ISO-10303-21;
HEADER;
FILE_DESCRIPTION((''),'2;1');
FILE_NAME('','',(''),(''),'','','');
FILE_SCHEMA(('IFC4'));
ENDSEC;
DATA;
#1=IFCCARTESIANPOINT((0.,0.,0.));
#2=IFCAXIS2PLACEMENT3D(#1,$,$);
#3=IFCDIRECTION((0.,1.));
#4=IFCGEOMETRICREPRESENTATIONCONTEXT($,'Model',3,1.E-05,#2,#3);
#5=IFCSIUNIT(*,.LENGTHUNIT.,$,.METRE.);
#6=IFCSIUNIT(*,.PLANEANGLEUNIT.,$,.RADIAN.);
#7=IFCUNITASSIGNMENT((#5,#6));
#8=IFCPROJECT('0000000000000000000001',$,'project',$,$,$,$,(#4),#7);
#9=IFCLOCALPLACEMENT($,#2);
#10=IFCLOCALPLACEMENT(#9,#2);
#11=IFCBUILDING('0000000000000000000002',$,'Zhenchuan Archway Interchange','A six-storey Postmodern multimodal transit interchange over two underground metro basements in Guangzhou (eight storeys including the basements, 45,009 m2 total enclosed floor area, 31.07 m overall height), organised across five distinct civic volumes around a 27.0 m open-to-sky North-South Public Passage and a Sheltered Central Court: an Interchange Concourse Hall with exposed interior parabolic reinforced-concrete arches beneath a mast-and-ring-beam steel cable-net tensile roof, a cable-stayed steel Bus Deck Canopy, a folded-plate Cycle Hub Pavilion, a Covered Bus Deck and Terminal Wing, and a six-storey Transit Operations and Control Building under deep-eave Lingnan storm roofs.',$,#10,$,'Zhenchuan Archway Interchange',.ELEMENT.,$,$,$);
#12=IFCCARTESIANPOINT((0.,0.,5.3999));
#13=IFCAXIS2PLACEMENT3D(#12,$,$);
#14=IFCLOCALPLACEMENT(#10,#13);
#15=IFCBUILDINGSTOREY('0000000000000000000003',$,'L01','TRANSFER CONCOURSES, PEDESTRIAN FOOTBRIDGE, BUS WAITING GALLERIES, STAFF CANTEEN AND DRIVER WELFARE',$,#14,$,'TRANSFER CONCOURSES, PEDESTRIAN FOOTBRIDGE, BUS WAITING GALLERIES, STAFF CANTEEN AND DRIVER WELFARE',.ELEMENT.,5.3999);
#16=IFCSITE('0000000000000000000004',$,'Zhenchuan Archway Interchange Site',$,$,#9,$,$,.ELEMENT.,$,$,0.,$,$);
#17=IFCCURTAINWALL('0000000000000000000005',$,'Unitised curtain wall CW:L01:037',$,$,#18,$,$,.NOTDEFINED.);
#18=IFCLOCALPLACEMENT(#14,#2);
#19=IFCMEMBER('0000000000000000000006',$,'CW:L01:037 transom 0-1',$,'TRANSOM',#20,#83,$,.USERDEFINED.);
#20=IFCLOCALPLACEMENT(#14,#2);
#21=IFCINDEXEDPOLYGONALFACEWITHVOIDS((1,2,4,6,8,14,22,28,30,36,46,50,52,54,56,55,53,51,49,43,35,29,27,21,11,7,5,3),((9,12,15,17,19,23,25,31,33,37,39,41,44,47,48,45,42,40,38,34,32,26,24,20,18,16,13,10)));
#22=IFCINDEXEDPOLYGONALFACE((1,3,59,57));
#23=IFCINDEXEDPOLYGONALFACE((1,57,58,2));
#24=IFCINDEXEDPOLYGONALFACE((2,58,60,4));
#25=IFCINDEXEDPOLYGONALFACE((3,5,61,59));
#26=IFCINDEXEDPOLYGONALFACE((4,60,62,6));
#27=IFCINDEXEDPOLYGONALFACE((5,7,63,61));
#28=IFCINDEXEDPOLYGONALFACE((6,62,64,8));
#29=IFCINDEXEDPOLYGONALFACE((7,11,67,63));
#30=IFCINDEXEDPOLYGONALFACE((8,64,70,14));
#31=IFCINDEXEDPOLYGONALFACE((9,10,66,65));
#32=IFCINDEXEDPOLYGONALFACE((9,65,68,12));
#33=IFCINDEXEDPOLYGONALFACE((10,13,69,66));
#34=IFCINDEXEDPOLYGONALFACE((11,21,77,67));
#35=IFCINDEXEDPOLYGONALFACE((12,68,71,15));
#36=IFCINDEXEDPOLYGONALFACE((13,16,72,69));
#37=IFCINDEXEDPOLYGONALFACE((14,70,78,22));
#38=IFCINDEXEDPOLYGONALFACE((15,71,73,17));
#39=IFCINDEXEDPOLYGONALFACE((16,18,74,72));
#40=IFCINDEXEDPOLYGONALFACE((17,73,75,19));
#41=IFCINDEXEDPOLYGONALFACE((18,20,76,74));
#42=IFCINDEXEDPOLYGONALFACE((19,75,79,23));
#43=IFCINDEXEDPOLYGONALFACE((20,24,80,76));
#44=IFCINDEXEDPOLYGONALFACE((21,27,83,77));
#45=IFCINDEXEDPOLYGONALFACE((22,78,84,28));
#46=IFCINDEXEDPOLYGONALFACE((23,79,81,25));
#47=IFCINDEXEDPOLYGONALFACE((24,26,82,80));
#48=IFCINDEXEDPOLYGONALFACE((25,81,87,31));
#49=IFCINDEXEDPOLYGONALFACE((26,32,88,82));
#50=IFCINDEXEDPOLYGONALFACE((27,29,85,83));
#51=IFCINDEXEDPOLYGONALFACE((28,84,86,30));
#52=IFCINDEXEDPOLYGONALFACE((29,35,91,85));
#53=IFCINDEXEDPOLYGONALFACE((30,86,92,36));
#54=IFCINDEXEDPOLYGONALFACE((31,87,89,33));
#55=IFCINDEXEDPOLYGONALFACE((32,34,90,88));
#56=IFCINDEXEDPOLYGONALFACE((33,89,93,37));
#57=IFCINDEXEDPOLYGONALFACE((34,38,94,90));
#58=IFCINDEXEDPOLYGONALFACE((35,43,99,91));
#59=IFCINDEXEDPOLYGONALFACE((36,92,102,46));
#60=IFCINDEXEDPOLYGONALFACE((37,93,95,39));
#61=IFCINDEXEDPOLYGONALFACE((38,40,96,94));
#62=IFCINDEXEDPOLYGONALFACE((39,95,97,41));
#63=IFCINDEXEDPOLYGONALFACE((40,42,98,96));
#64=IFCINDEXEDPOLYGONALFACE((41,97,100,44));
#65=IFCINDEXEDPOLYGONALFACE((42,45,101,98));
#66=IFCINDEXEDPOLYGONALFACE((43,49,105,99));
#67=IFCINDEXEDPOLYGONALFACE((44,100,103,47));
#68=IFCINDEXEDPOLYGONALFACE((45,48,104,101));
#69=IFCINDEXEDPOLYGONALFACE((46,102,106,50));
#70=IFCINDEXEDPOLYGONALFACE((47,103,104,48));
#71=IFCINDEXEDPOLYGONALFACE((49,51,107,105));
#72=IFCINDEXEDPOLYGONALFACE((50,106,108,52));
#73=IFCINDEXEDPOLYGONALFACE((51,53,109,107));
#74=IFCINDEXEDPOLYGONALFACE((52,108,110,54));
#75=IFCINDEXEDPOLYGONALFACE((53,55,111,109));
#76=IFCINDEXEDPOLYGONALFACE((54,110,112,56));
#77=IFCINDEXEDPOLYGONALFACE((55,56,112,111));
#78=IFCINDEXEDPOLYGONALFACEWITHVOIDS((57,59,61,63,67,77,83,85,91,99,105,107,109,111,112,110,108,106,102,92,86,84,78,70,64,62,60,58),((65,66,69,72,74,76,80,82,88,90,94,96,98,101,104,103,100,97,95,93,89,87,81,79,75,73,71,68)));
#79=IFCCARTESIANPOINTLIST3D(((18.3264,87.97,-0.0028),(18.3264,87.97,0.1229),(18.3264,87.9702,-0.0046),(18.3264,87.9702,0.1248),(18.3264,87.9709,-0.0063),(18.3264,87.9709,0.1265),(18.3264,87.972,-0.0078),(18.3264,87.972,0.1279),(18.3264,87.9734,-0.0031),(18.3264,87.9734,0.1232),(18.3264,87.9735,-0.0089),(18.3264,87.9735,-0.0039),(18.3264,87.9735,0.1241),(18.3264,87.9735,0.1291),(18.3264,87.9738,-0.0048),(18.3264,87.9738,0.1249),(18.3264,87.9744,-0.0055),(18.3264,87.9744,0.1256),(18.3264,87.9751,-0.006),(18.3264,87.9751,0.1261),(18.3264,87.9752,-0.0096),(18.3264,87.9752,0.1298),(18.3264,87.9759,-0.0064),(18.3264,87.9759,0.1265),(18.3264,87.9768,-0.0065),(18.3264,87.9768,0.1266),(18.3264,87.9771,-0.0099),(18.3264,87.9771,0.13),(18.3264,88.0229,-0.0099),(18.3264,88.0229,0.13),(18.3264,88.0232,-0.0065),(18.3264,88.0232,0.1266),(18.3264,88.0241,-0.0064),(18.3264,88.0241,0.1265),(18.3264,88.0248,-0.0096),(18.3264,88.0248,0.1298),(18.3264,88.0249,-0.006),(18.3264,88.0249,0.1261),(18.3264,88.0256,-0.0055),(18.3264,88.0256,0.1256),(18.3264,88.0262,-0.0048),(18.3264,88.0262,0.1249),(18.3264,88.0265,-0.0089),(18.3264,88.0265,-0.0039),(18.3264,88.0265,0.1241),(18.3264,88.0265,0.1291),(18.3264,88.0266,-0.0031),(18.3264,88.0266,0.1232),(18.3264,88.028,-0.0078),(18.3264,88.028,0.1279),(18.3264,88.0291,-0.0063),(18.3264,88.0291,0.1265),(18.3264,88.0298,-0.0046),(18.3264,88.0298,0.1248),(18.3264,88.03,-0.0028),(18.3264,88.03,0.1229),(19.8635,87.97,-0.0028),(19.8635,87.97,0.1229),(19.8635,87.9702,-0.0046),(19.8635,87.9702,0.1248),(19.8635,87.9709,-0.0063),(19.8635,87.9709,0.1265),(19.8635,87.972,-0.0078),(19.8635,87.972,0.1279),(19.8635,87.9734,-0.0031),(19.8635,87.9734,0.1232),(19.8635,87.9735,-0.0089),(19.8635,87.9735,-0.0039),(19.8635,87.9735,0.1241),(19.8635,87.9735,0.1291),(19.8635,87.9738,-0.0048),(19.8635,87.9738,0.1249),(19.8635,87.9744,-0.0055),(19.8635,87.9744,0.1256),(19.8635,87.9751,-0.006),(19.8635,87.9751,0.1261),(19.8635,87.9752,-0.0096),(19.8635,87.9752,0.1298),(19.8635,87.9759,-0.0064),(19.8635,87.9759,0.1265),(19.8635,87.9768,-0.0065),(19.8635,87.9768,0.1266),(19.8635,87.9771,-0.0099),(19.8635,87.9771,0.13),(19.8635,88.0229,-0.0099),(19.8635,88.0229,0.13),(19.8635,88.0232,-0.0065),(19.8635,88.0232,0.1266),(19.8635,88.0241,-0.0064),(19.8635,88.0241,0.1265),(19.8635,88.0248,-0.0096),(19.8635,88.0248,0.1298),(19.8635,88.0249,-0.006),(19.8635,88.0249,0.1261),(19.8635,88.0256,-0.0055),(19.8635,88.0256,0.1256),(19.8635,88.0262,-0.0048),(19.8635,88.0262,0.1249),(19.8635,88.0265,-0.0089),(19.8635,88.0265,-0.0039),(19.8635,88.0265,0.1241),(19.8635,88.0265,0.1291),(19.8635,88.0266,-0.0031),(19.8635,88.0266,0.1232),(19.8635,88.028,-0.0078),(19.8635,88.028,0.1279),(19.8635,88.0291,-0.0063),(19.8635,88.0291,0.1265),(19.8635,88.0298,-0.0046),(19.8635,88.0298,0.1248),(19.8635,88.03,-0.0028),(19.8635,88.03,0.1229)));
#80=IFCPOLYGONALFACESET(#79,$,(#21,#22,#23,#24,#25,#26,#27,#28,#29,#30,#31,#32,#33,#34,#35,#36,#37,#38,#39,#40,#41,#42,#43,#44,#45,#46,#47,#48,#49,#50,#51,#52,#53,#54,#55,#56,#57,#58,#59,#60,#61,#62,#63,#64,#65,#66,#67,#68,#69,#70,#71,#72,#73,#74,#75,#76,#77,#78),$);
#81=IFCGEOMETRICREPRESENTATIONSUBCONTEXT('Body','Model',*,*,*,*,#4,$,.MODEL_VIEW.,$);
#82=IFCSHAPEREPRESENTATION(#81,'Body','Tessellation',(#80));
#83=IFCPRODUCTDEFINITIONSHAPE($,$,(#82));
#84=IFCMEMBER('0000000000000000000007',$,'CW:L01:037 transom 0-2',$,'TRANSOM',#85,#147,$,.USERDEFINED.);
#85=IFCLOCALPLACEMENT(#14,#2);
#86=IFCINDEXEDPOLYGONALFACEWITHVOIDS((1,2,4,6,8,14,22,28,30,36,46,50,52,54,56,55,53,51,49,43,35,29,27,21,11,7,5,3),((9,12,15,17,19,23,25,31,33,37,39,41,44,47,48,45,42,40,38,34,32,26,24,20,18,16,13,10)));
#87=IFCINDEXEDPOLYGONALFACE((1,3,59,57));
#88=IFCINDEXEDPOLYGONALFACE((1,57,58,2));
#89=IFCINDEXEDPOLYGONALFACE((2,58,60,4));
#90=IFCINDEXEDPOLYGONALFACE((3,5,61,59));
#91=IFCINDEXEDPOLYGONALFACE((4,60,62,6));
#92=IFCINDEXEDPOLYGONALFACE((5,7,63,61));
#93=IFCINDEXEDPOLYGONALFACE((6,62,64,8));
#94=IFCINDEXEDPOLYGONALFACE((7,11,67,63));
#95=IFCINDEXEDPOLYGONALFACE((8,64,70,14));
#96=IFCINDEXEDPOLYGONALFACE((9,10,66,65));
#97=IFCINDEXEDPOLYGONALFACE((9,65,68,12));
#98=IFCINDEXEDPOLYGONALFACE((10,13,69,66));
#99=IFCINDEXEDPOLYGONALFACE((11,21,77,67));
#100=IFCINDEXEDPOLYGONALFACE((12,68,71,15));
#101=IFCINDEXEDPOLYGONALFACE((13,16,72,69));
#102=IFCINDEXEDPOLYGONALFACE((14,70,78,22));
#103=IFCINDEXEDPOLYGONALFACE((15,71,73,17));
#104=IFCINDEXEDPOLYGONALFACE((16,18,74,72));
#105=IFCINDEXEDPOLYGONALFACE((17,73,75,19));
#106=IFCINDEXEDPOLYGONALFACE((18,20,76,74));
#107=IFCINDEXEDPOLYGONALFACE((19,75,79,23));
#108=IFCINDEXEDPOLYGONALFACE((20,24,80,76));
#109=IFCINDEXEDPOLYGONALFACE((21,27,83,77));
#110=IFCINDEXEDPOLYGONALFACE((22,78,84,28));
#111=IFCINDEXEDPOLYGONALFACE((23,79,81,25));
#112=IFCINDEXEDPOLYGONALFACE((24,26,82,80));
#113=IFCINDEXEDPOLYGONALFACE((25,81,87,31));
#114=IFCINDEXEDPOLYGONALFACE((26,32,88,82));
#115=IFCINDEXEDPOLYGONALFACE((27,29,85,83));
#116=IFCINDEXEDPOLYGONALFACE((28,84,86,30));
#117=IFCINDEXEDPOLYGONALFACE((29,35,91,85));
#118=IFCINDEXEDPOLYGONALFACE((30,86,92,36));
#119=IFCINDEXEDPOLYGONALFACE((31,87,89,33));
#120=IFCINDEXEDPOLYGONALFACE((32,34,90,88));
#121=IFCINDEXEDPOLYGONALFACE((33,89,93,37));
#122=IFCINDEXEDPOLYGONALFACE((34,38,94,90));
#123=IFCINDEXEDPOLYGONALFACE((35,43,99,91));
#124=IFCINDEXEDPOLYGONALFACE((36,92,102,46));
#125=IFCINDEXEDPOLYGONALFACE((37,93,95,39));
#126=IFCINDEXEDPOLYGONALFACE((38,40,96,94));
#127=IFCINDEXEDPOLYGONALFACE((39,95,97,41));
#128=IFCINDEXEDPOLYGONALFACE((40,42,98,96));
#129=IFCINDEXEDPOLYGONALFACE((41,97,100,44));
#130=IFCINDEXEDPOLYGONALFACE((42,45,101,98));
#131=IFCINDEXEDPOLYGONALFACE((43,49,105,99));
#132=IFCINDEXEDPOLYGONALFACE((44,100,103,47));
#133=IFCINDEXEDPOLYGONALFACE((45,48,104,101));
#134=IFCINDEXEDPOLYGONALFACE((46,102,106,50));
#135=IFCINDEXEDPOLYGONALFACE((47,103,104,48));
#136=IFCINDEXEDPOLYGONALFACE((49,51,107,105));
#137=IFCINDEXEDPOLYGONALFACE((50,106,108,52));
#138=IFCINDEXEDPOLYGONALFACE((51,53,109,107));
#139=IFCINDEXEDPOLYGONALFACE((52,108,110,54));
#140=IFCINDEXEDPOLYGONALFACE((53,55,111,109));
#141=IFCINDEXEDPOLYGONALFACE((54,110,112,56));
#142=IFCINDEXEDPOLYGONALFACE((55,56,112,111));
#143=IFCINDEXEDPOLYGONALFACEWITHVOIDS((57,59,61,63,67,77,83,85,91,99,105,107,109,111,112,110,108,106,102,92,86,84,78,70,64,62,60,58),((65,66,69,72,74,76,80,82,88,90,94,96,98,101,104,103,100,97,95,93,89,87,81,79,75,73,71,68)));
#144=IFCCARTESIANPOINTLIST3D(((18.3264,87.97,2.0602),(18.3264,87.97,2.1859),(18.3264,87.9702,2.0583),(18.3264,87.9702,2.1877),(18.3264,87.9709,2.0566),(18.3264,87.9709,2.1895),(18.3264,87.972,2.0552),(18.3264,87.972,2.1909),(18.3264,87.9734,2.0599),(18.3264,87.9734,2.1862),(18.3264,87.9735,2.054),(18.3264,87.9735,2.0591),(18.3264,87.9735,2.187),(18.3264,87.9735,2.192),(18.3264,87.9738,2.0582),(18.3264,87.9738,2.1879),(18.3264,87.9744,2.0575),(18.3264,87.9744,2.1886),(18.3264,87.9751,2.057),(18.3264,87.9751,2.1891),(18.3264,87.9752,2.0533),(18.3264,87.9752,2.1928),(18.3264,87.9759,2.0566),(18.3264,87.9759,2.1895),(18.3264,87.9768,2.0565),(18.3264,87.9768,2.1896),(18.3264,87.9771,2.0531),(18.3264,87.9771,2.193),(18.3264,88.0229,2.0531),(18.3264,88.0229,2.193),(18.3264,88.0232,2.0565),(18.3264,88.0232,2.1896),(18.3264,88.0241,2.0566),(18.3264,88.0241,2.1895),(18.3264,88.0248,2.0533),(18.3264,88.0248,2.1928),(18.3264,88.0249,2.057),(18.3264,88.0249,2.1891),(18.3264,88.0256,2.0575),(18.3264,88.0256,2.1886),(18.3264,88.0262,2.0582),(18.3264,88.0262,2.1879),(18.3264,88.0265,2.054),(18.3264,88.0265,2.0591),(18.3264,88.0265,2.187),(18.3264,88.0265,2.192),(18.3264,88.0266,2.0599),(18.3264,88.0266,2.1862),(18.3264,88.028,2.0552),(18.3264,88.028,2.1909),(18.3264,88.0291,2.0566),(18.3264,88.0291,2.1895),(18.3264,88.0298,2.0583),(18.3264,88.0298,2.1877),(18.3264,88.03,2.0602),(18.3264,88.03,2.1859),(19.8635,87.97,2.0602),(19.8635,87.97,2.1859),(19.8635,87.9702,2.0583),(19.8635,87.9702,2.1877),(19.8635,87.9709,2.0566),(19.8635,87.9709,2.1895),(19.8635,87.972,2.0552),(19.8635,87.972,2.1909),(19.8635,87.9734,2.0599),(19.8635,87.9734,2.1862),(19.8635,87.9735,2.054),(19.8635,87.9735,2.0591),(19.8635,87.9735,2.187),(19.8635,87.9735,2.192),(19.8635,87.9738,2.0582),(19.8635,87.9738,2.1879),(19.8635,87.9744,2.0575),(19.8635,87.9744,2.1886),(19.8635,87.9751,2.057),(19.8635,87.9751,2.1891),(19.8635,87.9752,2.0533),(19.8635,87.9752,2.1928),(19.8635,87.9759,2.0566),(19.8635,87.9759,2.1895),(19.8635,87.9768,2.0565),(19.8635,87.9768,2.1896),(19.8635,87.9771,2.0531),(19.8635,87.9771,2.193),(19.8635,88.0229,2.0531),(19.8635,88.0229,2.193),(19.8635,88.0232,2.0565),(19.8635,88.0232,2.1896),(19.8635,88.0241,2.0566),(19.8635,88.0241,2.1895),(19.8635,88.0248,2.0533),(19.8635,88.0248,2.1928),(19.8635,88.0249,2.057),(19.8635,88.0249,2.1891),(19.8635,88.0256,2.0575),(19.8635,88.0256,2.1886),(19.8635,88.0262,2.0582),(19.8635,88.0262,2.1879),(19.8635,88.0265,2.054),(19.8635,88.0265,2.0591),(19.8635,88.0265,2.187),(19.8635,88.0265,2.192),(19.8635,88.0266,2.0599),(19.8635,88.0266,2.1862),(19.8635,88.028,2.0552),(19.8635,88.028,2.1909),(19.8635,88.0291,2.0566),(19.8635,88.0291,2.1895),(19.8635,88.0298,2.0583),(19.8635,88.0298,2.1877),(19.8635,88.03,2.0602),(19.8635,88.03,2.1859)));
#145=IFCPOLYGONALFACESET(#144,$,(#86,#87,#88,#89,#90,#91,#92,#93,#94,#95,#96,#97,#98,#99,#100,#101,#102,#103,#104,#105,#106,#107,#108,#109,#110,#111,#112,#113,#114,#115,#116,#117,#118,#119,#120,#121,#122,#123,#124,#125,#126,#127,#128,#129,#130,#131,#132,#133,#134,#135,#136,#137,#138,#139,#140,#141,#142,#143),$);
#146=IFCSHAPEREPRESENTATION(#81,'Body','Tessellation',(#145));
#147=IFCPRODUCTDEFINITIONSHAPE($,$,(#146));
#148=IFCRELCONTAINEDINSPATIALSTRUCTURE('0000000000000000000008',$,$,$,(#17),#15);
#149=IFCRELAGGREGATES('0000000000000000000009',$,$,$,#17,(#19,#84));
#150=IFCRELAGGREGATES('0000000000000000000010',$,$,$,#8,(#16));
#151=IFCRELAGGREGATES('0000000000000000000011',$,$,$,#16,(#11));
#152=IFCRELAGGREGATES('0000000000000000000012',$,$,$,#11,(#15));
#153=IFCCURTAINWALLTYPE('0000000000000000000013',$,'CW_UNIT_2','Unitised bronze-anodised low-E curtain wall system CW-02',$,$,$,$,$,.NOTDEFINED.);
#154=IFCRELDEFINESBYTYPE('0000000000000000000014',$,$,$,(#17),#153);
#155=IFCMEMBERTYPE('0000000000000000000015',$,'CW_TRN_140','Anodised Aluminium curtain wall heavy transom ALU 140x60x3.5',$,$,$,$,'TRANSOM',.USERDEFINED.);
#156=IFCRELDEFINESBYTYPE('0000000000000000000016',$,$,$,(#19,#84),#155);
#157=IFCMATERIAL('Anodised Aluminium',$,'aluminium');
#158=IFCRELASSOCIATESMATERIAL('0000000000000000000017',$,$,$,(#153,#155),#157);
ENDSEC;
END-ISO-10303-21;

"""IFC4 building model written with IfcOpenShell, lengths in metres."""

from ifc_helpers import new_model, si_unit, direction, frame, origin, origin_2d, place, context, subcontext, project, spatial, hollow_rectangle, extrude, material, material_profile, profile_set, type_object, element, aggregate, save


model = new_model("IFC4")

# Units and contexts
model_context = context("Model", 3, precision=1e-05, world=origin(), true_north=direction((0.0, 1.0)))
body_context = subcontext(model_context, "Body", "Model", "MODEL_VIEW")
ifc_project = project(units=[si_unit("LENGTHUNIT", "METRE"), si_unit("PLANEANGLEUNIT", "RADIAN")], contexts=[model_context])

# Site, building, storey
site_placement = place(None, origin())
site = spatial("IfcSite", under=ifc_project, at=site_placement, Name="Zhenchuan Archway Interchange Site", CompositionType="ELEMENT", RefElevation=0.0)
building_placement = place(site_placement, origin())
building = spatial("IfcBuilding", under=site, at=building_placement, Name="Zhenchuan Archway Interchange", Description="A six-storey Postmodern multimodal transit interchange over two underground metro basements in Guangzhou (eight storeys including the basements, 45,009 m2 total enclosed floor area, 31.07 m overall height), organised across five distinct civic volumes around a 27.0 m open-to-sky North-South Public Passage and a Sheltered Central Court: an Interchange Concourse Hall with exposed interior parabolic reinforced-concrete arches beneath a mast-and-ring-beam steel cable-net tensile roof, a cable-stayed steel Bus Deck Canopy, a folded-plate Cycle Hub Pavilion, a Covered Bus Deck and Terminal Wing, and a six-storey Transit Operations and Control Building under deep-eave Lingnan storm roofs.", LongName="Zhenchuan Archway Interchange", CompositionType="ELEMENT")
storey_placement = place(building_placement, frame((0.0, 0.0, 5.3999)))
storey = spatial("IfcBuildingStorey", under=building, at=storey_placement, Name="L01", Description="TRANSFER CONCOURSES, PEDESTRIAN FOOTBRIDGE, BUS WAITING GALLERIES, STAFF CANTEEN AND DRIVER WELFARE", LongName="TRANSFER CONCOURSES, PEDESTRIAN FOOTBRIDGE, BUS WAITING GALLERIES, STAFF CANTEEN AND DRIVER WELFARE", CompositionType="ELEMENT", Elevation=5.3999)

# Shared definitions
ifc_material_1 = material(Name="Anodised Aluminium", Category="aluminium")

# Curtain wall
curtain_wall_type_1 = type_object("IfcCurtainWallType", Name="CW_UNIT_2", Description="Unitised bronze-anodised low-E curtain wall system CW-02", PredefinedType="NOTDEFINED", material=ifc_material_1)
curtain_wall_1_placement = place(storey_placement, origin())
curtain_wall_1 = element("IfcCurtainWall", 1, at=curtain_wall_1_placement, inside=storey, type_object=curtain_wall_type_1, Name="Unitised curtain wall CW:L01:037", PredefinedType="NOTDEFINED")

# Members
ifc_material_profile_1 = material_profile(ifc_material_1, hollow_rectangle(XDim=0.0601, YDim=0.1399, WallThickness=0.0034, InnerFilletRadius=0.0034, OuterFilletRadius=0.0071, at=origin_2d()), Name="ALU 140x60x3.5")
ifc_profile_set_1 = profile_set([ifc_material_profile_1], Name="Anodised Aluminium")
member_type_1 = type_object("IfcMemberType", Name="CW_TRN_140", Description="Anodised Aluminium curtain wall heavy transom ALU 140x60x3.5", ElementType="TRANSOM", PredefinedType="USERDEFINED", material=ifc_profile_set_1)
member_1_placement = place(storey_placement, frame((18.3264, 88.0, 0.0601), z_axis=(1.0, 0.0, 0.0), x_axis=(0.0, 1.0, 0.0)))
member_1 = element("IfcMember", 2, at=member_1_placement, type_object=member_type_1, Name="CW:L01:037 transom 0-1", ObjectType="TRANSOM", PredefinedType="USERDEFINED", context=body_context, shape_type="SweptSolid", body=[
    extrude(hollow_rectangle(XDim=0.0601, YDim=0.1399, WallThickness=0.0034, InnerFilletRadius=0.0034, OuterFilletRadius=0.0071, at=origin_2d()), origin(), (0.0, 0.0, 1.0), 1.5371),
])
member_2_placement = place(storey_placement, frame((18.3264, 88.0, 2.123), z_axis=(1.0, 0.0, 0.0), x_axis=(0.0, 1.0, 0.0)))
member_2 = element("IfcMember", 3, at=member_2_placement, type_object=member_type_1, Name="CW:L01:037 transom 0-2", ObjectType="TRANSOM", PredefinedType="USERDEFINED", context=body_context, shape_type="SweptSolid", body=[
    extrude(hollow_rectangle(XDim=0.0601, YDim=0.1399, WallThickness=0.0034, InnerFilletRadius=0.0034, OuterFilletRadius=0.0071, at=origin_2d()), origin(), (0.0, 0.0, 1.0), 1.5371),
])

aggregate(curtain_wall_1, [member_1, member_2])

save(model, "model.ifc")
